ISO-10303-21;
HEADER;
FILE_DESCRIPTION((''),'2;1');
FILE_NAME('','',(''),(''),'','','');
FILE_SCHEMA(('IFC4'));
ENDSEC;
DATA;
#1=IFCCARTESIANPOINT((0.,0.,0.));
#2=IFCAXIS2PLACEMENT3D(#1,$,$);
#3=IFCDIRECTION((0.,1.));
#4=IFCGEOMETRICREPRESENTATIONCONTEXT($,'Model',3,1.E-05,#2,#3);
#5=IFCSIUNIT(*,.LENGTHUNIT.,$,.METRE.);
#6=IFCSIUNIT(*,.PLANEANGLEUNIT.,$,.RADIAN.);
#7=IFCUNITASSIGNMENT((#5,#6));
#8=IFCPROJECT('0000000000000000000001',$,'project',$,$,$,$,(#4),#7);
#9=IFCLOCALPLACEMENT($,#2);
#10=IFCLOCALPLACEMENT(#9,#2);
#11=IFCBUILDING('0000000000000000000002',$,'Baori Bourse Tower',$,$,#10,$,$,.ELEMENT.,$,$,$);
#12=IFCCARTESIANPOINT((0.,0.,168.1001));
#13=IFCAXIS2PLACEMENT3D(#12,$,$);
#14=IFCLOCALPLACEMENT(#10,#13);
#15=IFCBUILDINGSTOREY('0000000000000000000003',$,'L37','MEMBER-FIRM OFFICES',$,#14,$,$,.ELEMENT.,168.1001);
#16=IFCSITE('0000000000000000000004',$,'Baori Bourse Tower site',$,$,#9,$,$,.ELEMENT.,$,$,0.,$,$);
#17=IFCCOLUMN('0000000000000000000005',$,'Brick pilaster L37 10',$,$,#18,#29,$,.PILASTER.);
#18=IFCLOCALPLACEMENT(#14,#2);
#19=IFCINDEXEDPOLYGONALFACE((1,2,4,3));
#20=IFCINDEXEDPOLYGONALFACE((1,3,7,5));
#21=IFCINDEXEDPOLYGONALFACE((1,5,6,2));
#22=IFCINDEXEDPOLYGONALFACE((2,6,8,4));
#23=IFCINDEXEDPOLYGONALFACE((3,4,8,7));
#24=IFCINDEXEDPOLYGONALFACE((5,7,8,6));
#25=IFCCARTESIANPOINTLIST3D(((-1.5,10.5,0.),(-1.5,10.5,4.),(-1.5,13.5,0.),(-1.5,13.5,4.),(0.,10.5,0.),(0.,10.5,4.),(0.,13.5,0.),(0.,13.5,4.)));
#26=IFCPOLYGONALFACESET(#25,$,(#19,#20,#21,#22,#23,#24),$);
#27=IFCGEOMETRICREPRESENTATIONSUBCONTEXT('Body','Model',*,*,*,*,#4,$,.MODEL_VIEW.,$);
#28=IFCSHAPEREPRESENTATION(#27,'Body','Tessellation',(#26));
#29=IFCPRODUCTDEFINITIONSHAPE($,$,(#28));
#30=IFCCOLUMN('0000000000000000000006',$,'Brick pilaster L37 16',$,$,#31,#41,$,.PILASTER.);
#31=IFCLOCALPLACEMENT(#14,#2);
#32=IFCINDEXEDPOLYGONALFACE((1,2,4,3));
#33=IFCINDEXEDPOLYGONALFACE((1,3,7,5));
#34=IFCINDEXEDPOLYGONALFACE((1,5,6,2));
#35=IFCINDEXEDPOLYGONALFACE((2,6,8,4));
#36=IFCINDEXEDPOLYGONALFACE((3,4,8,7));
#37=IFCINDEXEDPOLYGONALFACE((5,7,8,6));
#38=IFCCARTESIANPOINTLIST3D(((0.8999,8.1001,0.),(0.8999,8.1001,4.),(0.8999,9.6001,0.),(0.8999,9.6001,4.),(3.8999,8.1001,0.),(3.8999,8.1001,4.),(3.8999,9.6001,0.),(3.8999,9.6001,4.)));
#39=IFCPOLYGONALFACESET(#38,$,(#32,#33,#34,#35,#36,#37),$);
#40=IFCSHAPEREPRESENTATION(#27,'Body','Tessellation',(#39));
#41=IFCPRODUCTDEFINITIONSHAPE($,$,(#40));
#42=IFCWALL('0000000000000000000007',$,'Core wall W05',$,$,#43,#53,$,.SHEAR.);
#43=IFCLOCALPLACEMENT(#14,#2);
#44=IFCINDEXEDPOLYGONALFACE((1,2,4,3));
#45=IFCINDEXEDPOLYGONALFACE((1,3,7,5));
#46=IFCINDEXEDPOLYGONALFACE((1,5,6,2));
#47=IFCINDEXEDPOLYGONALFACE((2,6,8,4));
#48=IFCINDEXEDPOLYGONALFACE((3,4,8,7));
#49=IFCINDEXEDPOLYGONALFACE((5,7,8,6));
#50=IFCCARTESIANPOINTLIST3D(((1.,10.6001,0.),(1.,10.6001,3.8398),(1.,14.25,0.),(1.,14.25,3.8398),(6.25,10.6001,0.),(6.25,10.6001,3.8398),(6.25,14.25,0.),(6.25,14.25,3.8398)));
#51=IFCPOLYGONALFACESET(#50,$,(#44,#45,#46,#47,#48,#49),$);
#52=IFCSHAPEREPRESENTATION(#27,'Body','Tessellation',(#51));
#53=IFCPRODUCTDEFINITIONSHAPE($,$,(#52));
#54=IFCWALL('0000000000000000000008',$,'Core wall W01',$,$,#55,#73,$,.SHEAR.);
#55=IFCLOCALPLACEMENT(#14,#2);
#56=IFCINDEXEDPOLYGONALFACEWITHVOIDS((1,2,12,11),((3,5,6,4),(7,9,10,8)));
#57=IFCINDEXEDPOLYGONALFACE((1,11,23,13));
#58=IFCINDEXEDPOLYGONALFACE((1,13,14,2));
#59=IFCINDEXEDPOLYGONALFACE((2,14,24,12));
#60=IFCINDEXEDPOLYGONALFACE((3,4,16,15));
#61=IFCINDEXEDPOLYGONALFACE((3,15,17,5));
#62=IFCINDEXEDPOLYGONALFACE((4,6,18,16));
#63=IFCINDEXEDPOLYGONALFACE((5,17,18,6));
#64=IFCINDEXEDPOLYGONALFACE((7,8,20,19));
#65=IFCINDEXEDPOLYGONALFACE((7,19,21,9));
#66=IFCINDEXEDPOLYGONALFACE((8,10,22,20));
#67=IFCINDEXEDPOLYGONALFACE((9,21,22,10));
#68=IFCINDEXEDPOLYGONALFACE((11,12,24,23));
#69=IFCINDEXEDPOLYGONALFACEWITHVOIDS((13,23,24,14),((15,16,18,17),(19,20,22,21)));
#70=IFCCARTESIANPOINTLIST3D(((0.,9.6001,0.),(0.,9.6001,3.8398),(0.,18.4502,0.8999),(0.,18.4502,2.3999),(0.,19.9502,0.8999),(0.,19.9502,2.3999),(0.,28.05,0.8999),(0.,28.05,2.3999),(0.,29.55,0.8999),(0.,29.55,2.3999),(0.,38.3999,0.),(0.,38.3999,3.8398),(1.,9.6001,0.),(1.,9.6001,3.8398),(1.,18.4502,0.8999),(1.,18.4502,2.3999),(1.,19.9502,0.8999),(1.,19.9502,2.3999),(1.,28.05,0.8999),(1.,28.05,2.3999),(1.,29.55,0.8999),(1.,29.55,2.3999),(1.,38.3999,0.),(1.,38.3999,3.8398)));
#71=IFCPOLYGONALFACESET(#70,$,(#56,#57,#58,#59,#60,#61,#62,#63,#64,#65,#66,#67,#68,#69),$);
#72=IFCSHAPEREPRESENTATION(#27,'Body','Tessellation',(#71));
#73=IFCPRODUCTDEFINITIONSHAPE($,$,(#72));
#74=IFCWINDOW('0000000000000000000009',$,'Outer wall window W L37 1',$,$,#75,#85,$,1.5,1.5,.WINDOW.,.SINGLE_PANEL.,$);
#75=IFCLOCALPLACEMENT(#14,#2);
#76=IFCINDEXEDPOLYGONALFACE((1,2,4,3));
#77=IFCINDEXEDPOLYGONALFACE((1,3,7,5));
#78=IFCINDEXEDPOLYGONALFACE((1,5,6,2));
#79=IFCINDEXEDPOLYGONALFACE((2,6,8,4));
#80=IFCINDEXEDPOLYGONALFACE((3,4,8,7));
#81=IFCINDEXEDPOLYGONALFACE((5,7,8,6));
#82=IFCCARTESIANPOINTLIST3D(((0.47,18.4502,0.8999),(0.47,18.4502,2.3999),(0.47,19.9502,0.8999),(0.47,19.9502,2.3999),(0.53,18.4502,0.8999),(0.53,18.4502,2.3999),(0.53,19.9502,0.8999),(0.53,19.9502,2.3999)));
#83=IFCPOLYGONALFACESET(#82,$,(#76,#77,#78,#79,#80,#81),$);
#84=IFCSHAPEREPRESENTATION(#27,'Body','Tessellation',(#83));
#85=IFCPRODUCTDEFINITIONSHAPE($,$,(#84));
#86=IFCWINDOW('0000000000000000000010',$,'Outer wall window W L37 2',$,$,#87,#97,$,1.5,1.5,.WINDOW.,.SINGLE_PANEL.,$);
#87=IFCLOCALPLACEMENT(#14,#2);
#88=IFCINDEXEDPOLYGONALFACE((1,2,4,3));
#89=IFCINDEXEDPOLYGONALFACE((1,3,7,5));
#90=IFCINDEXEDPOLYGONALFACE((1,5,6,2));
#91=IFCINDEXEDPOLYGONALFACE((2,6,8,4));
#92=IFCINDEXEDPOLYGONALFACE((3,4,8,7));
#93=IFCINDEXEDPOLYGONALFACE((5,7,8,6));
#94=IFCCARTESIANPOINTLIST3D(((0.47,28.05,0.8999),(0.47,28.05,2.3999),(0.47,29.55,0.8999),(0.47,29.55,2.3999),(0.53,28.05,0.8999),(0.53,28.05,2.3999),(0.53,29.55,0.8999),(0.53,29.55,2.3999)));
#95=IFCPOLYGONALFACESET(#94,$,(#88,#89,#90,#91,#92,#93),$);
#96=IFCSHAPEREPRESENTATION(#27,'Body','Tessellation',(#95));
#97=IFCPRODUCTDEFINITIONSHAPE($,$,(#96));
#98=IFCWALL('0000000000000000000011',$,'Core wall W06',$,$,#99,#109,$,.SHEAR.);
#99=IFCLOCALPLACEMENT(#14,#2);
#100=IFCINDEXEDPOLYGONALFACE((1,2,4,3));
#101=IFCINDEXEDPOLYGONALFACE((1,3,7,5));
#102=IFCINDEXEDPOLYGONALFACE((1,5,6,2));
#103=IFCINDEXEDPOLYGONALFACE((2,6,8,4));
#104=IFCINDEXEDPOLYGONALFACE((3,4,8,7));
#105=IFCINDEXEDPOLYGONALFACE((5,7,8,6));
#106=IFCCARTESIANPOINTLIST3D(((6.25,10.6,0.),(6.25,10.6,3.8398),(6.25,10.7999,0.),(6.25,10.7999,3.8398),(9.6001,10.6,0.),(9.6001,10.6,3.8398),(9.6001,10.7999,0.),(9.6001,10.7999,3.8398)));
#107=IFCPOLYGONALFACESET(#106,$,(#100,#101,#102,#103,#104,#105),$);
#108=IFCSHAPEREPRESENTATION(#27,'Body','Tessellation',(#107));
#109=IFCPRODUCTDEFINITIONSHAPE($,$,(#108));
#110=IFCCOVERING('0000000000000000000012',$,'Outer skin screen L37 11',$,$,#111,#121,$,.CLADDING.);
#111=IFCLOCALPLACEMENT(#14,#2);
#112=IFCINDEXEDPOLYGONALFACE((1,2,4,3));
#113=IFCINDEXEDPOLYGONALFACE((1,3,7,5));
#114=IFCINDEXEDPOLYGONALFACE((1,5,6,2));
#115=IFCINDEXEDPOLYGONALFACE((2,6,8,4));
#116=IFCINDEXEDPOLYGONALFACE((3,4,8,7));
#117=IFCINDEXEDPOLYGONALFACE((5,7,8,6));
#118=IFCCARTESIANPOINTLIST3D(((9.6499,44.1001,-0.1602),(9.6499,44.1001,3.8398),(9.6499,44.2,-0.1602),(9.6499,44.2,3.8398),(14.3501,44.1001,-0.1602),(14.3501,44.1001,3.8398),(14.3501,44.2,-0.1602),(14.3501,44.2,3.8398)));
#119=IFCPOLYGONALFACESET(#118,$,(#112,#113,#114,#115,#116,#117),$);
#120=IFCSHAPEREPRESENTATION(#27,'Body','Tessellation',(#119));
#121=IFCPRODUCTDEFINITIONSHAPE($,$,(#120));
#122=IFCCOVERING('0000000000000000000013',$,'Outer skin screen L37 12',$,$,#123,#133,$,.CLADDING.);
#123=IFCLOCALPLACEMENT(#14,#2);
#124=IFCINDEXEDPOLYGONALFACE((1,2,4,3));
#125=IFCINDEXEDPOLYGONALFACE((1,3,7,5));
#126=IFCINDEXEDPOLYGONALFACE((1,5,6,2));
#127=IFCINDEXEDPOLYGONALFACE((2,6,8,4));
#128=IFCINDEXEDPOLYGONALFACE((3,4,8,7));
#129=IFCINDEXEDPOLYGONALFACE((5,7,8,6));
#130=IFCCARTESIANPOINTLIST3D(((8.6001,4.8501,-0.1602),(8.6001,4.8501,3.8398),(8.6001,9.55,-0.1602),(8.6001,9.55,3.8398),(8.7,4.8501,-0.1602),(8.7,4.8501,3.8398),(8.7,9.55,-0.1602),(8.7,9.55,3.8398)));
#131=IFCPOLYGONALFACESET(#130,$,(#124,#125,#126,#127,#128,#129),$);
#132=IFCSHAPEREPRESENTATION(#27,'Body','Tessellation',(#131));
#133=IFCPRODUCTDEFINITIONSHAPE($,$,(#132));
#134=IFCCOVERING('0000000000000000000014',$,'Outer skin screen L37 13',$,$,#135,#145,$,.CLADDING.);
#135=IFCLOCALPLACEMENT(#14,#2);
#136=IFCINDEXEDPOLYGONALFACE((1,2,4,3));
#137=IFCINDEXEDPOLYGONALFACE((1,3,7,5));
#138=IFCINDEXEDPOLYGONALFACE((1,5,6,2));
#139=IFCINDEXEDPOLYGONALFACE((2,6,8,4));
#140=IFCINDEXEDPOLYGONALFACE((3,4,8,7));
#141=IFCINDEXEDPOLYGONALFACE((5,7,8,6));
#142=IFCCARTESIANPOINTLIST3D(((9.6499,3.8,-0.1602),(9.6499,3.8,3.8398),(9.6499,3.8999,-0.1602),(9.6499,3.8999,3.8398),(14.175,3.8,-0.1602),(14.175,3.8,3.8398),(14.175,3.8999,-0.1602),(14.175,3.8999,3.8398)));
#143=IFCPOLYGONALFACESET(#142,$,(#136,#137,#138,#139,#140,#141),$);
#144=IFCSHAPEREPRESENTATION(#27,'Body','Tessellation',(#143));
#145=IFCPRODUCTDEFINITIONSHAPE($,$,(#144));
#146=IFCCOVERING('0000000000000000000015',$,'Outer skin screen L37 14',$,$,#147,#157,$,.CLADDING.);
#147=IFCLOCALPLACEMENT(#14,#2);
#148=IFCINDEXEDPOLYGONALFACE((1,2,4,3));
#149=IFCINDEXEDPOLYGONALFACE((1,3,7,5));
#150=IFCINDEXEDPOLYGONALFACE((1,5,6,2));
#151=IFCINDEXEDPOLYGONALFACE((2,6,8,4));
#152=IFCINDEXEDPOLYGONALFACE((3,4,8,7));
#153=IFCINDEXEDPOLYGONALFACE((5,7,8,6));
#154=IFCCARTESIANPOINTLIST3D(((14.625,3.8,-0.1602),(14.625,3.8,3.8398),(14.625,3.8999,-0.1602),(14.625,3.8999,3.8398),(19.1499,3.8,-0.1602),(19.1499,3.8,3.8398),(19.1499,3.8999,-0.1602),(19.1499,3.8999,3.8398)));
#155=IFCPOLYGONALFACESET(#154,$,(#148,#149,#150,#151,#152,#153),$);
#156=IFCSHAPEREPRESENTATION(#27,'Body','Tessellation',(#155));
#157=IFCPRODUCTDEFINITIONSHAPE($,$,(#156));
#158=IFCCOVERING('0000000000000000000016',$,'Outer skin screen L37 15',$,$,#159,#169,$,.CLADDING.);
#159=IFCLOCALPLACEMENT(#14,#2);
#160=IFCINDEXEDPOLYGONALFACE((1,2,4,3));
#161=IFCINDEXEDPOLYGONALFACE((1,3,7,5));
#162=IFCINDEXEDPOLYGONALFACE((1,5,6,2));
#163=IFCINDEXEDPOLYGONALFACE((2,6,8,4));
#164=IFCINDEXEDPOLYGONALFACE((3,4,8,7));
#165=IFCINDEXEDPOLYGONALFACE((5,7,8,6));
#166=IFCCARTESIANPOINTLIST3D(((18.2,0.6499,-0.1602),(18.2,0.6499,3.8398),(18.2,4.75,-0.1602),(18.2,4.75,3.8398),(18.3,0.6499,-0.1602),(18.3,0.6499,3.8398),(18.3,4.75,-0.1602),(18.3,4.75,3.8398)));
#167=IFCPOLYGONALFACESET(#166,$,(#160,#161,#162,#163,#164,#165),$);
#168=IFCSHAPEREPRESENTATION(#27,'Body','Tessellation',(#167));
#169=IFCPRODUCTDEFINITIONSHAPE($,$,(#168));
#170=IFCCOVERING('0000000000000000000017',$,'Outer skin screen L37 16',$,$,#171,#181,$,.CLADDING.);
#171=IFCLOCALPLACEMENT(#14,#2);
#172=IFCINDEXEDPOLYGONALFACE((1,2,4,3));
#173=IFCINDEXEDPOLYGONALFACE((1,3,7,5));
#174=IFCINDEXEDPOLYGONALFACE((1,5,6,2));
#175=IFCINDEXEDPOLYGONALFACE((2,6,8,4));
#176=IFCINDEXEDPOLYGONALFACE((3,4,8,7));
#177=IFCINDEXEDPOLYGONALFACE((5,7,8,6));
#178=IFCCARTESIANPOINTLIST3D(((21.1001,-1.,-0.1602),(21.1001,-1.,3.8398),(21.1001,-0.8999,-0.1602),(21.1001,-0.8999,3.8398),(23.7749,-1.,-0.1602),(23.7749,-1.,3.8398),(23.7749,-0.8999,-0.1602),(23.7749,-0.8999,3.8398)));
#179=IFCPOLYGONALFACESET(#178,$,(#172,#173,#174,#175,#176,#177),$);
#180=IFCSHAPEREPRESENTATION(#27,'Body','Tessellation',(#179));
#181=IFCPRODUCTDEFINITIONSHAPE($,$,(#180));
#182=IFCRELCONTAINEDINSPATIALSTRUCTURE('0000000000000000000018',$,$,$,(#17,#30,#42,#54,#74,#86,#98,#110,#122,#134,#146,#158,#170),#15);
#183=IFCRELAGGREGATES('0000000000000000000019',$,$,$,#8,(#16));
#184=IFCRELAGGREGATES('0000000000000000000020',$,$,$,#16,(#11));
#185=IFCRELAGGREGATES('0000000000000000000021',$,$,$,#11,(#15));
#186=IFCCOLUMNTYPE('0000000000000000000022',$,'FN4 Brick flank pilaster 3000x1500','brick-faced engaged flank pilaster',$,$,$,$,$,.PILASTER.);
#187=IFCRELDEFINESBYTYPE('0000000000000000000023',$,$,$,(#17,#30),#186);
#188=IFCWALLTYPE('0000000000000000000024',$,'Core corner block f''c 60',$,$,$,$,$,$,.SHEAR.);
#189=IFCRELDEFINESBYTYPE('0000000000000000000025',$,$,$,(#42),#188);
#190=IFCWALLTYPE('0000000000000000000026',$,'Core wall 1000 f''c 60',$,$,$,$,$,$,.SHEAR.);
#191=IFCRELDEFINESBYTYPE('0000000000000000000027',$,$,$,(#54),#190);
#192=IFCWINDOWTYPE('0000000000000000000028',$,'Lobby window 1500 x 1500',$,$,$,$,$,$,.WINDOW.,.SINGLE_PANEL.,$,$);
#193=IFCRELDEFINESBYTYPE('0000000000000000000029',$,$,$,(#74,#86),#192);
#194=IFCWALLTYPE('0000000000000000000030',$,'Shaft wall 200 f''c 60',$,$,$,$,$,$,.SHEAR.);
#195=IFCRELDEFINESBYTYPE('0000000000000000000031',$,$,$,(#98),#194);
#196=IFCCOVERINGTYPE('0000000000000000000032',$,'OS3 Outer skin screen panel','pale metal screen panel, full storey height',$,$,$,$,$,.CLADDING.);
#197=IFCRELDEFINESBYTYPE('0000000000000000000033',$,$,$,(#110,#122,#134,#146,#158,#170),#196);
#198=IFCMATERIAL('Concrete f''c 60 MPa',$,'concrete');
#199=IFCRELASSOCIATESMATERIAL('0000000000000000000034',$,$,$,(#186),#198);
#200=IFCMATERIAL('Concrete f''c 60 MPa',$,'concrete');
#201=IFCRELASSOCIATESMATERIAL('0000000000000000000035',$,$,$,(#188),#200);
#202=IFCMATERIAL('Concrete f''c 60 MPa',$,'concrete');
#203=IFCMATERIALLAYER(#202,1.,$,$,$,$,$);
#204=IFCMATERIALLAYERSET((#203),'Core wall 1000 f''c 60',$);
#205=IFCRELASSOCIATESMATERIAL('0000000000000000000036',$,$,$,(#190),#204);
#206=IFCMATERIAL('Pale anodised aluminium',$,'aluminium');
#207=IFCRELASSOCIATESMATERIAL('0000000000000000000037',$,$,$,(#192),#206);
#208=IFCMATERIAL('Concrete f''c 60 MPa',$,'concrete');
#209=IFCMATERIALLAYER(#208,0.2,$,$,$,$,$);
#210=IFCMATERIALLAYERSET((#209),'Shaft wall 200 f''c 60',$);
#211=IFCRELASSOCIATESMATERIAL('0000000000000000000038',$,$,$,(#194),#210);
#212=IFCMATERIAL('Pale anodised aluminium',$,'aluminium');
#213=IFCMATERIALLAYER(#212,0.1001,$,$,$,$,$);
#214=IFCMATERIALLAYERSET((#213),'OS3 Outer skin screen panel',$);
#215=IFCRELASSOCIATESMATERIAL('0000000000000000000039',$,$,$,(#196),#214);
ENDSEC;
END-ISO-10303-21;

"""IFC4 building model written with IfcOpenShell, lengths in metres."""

from ifc_helpers import new_model, si_unit, direction, frame, frame_2d, origin, origin_2d, place, context, subcontext, project, spatial, polyline, rectangle, outline, extrude, material, layer, layer_set, material_profile, profile_set, type_object, element, fill, save


model = new_model("IFC4")

# Units and contexts
model_context = context("Model", 3, precision=1e-05, world=origin(), true_north=direction((0.0, 1.0)))
body_context = subcontext(model_context, "Body", "Model", "MODEL_VIEW")
ifc_project = project(units=[si_unit("LENGTHUNIT", "METRE"), si_unit("PLANEANGLEUNIT", "RADIAN")], contexts=[model_context])

# Site, building, storey
site_placement = place(None, origin())
site = spatial("IfcSite", under=ifc_project, at=site_placement, Name="Baori Bourse Tower site", CompositionType="ELEMENT", RefElevation=0.0)
building_placement = place(site_placement, origin())
building = spatial("IfcBuilding", under=site, at=building_placement, Name="Baori Bourse Tower", CompositionType="ELEMENT")
storey_placement = place(building_placement, frame((0.0, 0.0, 168.1001)))
storey = spatial("IfcBuildingStorey", under=building, at=storey_placement, Name="L37", Description="MEMBER-FIRM OFFICES", CompositionType="ELEMENT", Elevation=168.1001)

# Columns
ifc_material_1 = material(Name="Concrete f'c 60 MPa", Category="concrete")
ifc_material_profile = material_profile(ifc_material_1, rectangle(XDim=3.0, YDim=1.5, at=origin_2d()), Name="RC 3000x1500")
ifc_profile_set = profile_set([ifc_material_profile], Name="Concrete f'c 60 MPa")
column_type = type_object("IfcColumnType", Name="FN4 Brick flank pilaster 3000x1500", Description="brick-faced engaged flank pilaster", PredefinedType="PILASTER", material=ifc_profile_set)
for number, where, z_axis, x_axis, name in (
    (1, (-0.75, 12.0, 0.0), (0.0, 0.0, 1.0), (0.0, 1.0, 0.0), "Brick pilaster L37 10"),
    (2, (2.3999, 8.8501, 0.0), (0.0, 0.0, 1.0), (1.0, 0.0, 0.0), "Brick pilaster L37 16"),
):
    element("IfcColumn", number, at=place(storey_placement, frame(where, z_axis=z_axis, x_axis=x_axis)), inside=storey, type_object=column_type, Name=name, PredefinedType="PILASTER", context=body_context, shape_type="SweptSolid", body=[
        extrude(rectangle(XDim=3.0, YDim=1.5, at=origin_2d()), origin(), (0.0, 0.0, 1.0), 4.0),
    ])

# Wall
ifc_material_2 = material(Name="Concrete f'c 60 MPa", Category="concrete")
wall_type_1 = type_object("IfcWallType", Name="Core corner block f'c 60", PredefinedType="SHEAR", material=ifc_material_2)
wall_1_placement = place(storey_placement, frame((1.0, 12.425, 0.0), z_axis=(0.0, 0.0, 1.0), x_axis=(1.0, 0.0, 0.0)))
element("IfcWall", 3, at=wall_1_placement, inside=storey, type_object=wall_type_1, Name="Core wall W05", PredefinedType="SHEAR", context=body_context, shape_type="SweptSolid", body=[
    extrude(rectangle(XDim=5.25, YDim=3.6499, at=frame_2d((2.625, 0.0))), origin(), (0.0, 0.0, 1.0), 3.8398),
])

# Wall, openings, windows
ifc_material_3 = material(Name="Concrete f'c 60 MPa", Category="concrete")
ifc_layer_1 = layer(ifc_material_3, 1.0)
ifc_layer_set_1 = layer_set([ifc_layer_1], Name="Core wall 1000 f'c 60")
wall_type_2 = type_object("IfcWallType", Name="Core wall 1000 f'c 60", PredefinedType="SHEAR", material=ifc_layer_set_1)
wall_2_placement = place(storey_placement, frame((0.5, 9.6001, 0.0), z_axis=(0.0, 0.0, 1.0), x_axis=(0.0, 1.0, 0.0)))
wall_2 = element("IfcWall", 4, at=wall_2_placement, inside=storey, type_object=wall_type_2, Name="Core wall W01", PredefinedType="SHEAR", context=body_context, shape_type="SweptSolid", body=[
    extrude(rectangle(XDim=28.7998, YDim=1.0, at=frame_2d((14.3999, 0.0))), origin(), (0.0, 0.0, 1.0), 3.8398),
])
opening_1_placement = place(wall_2_placement, frame((8.8501, 0.0, 0.8999)))
opening_1 = element("IfcOpeningElement", 5, at=opening_1_placement, cuts=wall_2, PredefinedType="OPENING", context=body_context, shape_type="SweptSolid", body=[
    extrude(rectangle(XDim=1.5, YDim=1.5, at=frame_2d((0.75, 0.75))), frame((0.0, 0.51, 0.0), z_axis=(0.0, -1.0, 0.0), x_axis=(1.0, 0.0, 0.0)), (0.0, 0.0, 1.0), 1.02),
])
opening_2_placement = place(wall_2_placement, frame((18.45, 0.0, 0.8999)))
opening_2 = element("IfcOpeningElement", 6, at=opening_2_placement, cuts=wall_2, PredefinedType="OPENING", context=body_context, shape_type="SweptSolid", body=[
    extrude(rectangle(XDim=1.5, YDim=1.5, at=frame_2d((0.75, 0.75))), frame((0.0, 0.51, 0.0), z_axis=(0.0, -1.0, 0.0), x_axis=(1.0, 0.0, 0.0)), (0.0, 0.0, 1.0), 1.02),
])
ifc_material_4 = material(Name="Pale anodised aluminium", Category="aluminium")
window_type = type_object("IfcWindowType", Name="Lobby window 1500 x 1500", PartitioningType="SINGLE_PANEL", PredefinedType="WINDOW", material=ifc_material_4)
window_1_placement = place(opening_1_placement, origin())
window_1 = element("IfcWindow", 7, at=window_1_placement, inside=storey, type_object=window_type, Name="Outer wall window W L37 1", OverallHeight=1.5, OverallWidth=1.5, PartitioningType="SINGLE_PANEL", PredefinedType="WINDOW", context=body_context, shape_type="SweptSolid", body=[
    extrude(rectangle(XDim=1.5, YDim=1.5, at=frame_2d((0.75, 0.75))), frame((0.0, 0.03, 0.0), z_axis=(0.0, -1.0, 0.0), x_axis=(1.0, 0.0, 0.0)), (0.0, 0.0, 1.0), 0.0601),
])
fill(opening_1, window_1)
window_2_placement = place(opening_2_placement, origin())
window_2 = element("IfcWindow", 8, at=window_2_placement, inside=storey, type_object=window_type, Name="Outer wall window W L37 2", OverallHeight=1.5, OverallWidth=1.5, PartitioningType="SINGLE_PANEL", PredefinedType="WINDOW", context=body_context, shape_type="SweptSolid", body=[
    extrude(rectangle(XDim=1.5, YDim=1.5, at=frame_2d((0.75, 0.75))), frame((0.0, 0.03, 0.0), z_axis=(0.0, -1.0, 0.0), x_axis=(1.0, 0.0, 0.0)), (0.0, 0.0, 1.0), 0.0601),
])
fill(opening_2, window_2)

# Wall
ifc_material_5 = material(Name="Concrete f'c 60 MPa", Category="concrete")
ifc_layer_2 = layer(ifc_material_5, 0.2)
ifc_layer_set_2 = layer_set([ifc_layer_2], Name="Shaft wall 200 f'c 60")
wall_type_3 = type_object("IfcWallType", Name="Shaft wall 200 f'c 60", PredefinedType="SHEAR", material=ifc_layer_set_2)
wall_3_placement = place(storey_placement, frame((6.25, 10.7, 0.0), z_axis=(0.0, 0.0, 1.0), x_axis=(1.0, 0.0, 0.0)))
element("IfcWall", 9, at=wall_3_placement, inside=storey, type_object=wall_type_3, Name="Core wall W06", PredefinedType="SHEAR", context=body_context, shape_type="SweptSolid", body=[
    extrude(rectangle(XDim=3.3501, YDim=0.2, at=frame_2d((1.675, 0.0))), origin(), (0.0, 0.0, 1.0), 3.8398),
])

# Coverings
ifc_material_6 = material(Name="Pale anodised aluminium", Category="aluminium")
ifc_layer_3 = layer(ifc_material_6, 0.1001)
ifc_layer_set_3 = layer_set([ifc_layer_3], Name="OS3 Outer skin screen panel")
covering_type_1 = type_object("IfcCoveringType", Name="OS3 Outer skin screen panel", Description="pale metal screen panel, full storey height", PredefinedType="CLADDING", material=ifc_layer_set_3)
covering_1_placement = place(storey_placement, frame((0.0, 0.0, -0.1602)))
element("IfcCovering", 10, at=covering_1_placement, inside=storey, type_object=covering_type_1, Name="Outer skin screen L37 11", PredefinedType="CLADDING", context=body_context, shape_type="SweptSolid", body=[
    extrude(outline(polyline([(9.6499, 44.1001), (14.3501, 44.1001), (14.3501, 44.2), (9.6499, 44.2), (9.6499, 44.1001)])), origin(), (0.0, 0.0, 1.0), 4.0),
])
covering_2_placement = place(storey_placement, frame((0.0, 0.0, -0.1602)))
element("IfcCovering", 11, at=covering_2_placement, inside=storey, type_object=covering_type_1, Name="Outer skin screen L37 12", PredefinedType="CLADDING", context=body_context, shape_type="SweptSolid", body=[
    extrude(outline(polyline([(8.7, 4.8501), (8.7, 9.55), (8.6001, 9.55), (8.6001, 4.8501), (8.7, 4.8501)])), origin(), (0.0, 0.0, 1.0), 4.0),
])
covering_3_placement = place(storey_placement, frame((0.0, 0.0, -0.1602)))
element("IfcCovering", 12, at=covering_3_placement, inside=storey, type_object=covering_type_1, Name="Outer skin screen L37 13", PredefinedType="CLADDING", context=body_context, shape_type="SweptSolid", body=[
    extrude(outline(polyline([(14.175, 3.8999), (9.6499, 3.8999), (9.6499, 3.8), (14.175, 3.8), (14.175, 3.8999)])), origin(), (0.0, 0.0, 1.0), 4.0),
])
covering_4_placement = place(storey_placement, frame((0.0, 0.0, -0.1602)))
element("IfcCovering", 13, at=covering_4_placement, inside=storey, type_object=covering_type_1, Name="Outer skin screen L37 14", PredefinedType="CLADDING", context=body_context, shape_type="SweptSolid", body=[
    extrude(outline(polyline([(19.1499, 3.8999), (14.625, 3.8999), (14.625, 3.8), (19.1499, 3.8), (19.1499, 3.8999)])), origin(), (0.0, 0.0, 1.0), 4.0),
])
covering_5_placement = place(storey_placement, frame((0.0, 0.0, -0.1602)))
element("IfcCovering", 14, at=covering_5_placement, inside=storey, type_object=covering_type_1, Name="Outer skin screen L37 15", PredefinedType="CLADDING", context=body_context, shape_type="SweptSolid", body=[
    extrude(outline(polyline([(18.3, 0.6499), (18.3, 4.75), (18.2, 4.75), (18.2, 0.6499), (18.3, 0.6499)])), origin(), (0.0, 0.0, 1.0), 4.0),
])
covering_6_placement = place(storey_placement, frame((0.0, 0.0, -0.1602)))
element("IfcCovering", 15, at=covering_6_placement, inside=storey, type_object=covering_type_1, Name="Outer skin screen L37 16", PredefinedType="CLADDING", context=body_context, shape_type="SweptSolid", body=[
    extrude(outline(polyline([(23.7749, -0.8999), (21.1001, -0.8999), (21.1001, -1.0), (23.7749, -1.0), (23.7749, -0.8999)])), origin(), (0.0, 0.0, 1.0), 4.0),
])

save(model, "model.ifc")
